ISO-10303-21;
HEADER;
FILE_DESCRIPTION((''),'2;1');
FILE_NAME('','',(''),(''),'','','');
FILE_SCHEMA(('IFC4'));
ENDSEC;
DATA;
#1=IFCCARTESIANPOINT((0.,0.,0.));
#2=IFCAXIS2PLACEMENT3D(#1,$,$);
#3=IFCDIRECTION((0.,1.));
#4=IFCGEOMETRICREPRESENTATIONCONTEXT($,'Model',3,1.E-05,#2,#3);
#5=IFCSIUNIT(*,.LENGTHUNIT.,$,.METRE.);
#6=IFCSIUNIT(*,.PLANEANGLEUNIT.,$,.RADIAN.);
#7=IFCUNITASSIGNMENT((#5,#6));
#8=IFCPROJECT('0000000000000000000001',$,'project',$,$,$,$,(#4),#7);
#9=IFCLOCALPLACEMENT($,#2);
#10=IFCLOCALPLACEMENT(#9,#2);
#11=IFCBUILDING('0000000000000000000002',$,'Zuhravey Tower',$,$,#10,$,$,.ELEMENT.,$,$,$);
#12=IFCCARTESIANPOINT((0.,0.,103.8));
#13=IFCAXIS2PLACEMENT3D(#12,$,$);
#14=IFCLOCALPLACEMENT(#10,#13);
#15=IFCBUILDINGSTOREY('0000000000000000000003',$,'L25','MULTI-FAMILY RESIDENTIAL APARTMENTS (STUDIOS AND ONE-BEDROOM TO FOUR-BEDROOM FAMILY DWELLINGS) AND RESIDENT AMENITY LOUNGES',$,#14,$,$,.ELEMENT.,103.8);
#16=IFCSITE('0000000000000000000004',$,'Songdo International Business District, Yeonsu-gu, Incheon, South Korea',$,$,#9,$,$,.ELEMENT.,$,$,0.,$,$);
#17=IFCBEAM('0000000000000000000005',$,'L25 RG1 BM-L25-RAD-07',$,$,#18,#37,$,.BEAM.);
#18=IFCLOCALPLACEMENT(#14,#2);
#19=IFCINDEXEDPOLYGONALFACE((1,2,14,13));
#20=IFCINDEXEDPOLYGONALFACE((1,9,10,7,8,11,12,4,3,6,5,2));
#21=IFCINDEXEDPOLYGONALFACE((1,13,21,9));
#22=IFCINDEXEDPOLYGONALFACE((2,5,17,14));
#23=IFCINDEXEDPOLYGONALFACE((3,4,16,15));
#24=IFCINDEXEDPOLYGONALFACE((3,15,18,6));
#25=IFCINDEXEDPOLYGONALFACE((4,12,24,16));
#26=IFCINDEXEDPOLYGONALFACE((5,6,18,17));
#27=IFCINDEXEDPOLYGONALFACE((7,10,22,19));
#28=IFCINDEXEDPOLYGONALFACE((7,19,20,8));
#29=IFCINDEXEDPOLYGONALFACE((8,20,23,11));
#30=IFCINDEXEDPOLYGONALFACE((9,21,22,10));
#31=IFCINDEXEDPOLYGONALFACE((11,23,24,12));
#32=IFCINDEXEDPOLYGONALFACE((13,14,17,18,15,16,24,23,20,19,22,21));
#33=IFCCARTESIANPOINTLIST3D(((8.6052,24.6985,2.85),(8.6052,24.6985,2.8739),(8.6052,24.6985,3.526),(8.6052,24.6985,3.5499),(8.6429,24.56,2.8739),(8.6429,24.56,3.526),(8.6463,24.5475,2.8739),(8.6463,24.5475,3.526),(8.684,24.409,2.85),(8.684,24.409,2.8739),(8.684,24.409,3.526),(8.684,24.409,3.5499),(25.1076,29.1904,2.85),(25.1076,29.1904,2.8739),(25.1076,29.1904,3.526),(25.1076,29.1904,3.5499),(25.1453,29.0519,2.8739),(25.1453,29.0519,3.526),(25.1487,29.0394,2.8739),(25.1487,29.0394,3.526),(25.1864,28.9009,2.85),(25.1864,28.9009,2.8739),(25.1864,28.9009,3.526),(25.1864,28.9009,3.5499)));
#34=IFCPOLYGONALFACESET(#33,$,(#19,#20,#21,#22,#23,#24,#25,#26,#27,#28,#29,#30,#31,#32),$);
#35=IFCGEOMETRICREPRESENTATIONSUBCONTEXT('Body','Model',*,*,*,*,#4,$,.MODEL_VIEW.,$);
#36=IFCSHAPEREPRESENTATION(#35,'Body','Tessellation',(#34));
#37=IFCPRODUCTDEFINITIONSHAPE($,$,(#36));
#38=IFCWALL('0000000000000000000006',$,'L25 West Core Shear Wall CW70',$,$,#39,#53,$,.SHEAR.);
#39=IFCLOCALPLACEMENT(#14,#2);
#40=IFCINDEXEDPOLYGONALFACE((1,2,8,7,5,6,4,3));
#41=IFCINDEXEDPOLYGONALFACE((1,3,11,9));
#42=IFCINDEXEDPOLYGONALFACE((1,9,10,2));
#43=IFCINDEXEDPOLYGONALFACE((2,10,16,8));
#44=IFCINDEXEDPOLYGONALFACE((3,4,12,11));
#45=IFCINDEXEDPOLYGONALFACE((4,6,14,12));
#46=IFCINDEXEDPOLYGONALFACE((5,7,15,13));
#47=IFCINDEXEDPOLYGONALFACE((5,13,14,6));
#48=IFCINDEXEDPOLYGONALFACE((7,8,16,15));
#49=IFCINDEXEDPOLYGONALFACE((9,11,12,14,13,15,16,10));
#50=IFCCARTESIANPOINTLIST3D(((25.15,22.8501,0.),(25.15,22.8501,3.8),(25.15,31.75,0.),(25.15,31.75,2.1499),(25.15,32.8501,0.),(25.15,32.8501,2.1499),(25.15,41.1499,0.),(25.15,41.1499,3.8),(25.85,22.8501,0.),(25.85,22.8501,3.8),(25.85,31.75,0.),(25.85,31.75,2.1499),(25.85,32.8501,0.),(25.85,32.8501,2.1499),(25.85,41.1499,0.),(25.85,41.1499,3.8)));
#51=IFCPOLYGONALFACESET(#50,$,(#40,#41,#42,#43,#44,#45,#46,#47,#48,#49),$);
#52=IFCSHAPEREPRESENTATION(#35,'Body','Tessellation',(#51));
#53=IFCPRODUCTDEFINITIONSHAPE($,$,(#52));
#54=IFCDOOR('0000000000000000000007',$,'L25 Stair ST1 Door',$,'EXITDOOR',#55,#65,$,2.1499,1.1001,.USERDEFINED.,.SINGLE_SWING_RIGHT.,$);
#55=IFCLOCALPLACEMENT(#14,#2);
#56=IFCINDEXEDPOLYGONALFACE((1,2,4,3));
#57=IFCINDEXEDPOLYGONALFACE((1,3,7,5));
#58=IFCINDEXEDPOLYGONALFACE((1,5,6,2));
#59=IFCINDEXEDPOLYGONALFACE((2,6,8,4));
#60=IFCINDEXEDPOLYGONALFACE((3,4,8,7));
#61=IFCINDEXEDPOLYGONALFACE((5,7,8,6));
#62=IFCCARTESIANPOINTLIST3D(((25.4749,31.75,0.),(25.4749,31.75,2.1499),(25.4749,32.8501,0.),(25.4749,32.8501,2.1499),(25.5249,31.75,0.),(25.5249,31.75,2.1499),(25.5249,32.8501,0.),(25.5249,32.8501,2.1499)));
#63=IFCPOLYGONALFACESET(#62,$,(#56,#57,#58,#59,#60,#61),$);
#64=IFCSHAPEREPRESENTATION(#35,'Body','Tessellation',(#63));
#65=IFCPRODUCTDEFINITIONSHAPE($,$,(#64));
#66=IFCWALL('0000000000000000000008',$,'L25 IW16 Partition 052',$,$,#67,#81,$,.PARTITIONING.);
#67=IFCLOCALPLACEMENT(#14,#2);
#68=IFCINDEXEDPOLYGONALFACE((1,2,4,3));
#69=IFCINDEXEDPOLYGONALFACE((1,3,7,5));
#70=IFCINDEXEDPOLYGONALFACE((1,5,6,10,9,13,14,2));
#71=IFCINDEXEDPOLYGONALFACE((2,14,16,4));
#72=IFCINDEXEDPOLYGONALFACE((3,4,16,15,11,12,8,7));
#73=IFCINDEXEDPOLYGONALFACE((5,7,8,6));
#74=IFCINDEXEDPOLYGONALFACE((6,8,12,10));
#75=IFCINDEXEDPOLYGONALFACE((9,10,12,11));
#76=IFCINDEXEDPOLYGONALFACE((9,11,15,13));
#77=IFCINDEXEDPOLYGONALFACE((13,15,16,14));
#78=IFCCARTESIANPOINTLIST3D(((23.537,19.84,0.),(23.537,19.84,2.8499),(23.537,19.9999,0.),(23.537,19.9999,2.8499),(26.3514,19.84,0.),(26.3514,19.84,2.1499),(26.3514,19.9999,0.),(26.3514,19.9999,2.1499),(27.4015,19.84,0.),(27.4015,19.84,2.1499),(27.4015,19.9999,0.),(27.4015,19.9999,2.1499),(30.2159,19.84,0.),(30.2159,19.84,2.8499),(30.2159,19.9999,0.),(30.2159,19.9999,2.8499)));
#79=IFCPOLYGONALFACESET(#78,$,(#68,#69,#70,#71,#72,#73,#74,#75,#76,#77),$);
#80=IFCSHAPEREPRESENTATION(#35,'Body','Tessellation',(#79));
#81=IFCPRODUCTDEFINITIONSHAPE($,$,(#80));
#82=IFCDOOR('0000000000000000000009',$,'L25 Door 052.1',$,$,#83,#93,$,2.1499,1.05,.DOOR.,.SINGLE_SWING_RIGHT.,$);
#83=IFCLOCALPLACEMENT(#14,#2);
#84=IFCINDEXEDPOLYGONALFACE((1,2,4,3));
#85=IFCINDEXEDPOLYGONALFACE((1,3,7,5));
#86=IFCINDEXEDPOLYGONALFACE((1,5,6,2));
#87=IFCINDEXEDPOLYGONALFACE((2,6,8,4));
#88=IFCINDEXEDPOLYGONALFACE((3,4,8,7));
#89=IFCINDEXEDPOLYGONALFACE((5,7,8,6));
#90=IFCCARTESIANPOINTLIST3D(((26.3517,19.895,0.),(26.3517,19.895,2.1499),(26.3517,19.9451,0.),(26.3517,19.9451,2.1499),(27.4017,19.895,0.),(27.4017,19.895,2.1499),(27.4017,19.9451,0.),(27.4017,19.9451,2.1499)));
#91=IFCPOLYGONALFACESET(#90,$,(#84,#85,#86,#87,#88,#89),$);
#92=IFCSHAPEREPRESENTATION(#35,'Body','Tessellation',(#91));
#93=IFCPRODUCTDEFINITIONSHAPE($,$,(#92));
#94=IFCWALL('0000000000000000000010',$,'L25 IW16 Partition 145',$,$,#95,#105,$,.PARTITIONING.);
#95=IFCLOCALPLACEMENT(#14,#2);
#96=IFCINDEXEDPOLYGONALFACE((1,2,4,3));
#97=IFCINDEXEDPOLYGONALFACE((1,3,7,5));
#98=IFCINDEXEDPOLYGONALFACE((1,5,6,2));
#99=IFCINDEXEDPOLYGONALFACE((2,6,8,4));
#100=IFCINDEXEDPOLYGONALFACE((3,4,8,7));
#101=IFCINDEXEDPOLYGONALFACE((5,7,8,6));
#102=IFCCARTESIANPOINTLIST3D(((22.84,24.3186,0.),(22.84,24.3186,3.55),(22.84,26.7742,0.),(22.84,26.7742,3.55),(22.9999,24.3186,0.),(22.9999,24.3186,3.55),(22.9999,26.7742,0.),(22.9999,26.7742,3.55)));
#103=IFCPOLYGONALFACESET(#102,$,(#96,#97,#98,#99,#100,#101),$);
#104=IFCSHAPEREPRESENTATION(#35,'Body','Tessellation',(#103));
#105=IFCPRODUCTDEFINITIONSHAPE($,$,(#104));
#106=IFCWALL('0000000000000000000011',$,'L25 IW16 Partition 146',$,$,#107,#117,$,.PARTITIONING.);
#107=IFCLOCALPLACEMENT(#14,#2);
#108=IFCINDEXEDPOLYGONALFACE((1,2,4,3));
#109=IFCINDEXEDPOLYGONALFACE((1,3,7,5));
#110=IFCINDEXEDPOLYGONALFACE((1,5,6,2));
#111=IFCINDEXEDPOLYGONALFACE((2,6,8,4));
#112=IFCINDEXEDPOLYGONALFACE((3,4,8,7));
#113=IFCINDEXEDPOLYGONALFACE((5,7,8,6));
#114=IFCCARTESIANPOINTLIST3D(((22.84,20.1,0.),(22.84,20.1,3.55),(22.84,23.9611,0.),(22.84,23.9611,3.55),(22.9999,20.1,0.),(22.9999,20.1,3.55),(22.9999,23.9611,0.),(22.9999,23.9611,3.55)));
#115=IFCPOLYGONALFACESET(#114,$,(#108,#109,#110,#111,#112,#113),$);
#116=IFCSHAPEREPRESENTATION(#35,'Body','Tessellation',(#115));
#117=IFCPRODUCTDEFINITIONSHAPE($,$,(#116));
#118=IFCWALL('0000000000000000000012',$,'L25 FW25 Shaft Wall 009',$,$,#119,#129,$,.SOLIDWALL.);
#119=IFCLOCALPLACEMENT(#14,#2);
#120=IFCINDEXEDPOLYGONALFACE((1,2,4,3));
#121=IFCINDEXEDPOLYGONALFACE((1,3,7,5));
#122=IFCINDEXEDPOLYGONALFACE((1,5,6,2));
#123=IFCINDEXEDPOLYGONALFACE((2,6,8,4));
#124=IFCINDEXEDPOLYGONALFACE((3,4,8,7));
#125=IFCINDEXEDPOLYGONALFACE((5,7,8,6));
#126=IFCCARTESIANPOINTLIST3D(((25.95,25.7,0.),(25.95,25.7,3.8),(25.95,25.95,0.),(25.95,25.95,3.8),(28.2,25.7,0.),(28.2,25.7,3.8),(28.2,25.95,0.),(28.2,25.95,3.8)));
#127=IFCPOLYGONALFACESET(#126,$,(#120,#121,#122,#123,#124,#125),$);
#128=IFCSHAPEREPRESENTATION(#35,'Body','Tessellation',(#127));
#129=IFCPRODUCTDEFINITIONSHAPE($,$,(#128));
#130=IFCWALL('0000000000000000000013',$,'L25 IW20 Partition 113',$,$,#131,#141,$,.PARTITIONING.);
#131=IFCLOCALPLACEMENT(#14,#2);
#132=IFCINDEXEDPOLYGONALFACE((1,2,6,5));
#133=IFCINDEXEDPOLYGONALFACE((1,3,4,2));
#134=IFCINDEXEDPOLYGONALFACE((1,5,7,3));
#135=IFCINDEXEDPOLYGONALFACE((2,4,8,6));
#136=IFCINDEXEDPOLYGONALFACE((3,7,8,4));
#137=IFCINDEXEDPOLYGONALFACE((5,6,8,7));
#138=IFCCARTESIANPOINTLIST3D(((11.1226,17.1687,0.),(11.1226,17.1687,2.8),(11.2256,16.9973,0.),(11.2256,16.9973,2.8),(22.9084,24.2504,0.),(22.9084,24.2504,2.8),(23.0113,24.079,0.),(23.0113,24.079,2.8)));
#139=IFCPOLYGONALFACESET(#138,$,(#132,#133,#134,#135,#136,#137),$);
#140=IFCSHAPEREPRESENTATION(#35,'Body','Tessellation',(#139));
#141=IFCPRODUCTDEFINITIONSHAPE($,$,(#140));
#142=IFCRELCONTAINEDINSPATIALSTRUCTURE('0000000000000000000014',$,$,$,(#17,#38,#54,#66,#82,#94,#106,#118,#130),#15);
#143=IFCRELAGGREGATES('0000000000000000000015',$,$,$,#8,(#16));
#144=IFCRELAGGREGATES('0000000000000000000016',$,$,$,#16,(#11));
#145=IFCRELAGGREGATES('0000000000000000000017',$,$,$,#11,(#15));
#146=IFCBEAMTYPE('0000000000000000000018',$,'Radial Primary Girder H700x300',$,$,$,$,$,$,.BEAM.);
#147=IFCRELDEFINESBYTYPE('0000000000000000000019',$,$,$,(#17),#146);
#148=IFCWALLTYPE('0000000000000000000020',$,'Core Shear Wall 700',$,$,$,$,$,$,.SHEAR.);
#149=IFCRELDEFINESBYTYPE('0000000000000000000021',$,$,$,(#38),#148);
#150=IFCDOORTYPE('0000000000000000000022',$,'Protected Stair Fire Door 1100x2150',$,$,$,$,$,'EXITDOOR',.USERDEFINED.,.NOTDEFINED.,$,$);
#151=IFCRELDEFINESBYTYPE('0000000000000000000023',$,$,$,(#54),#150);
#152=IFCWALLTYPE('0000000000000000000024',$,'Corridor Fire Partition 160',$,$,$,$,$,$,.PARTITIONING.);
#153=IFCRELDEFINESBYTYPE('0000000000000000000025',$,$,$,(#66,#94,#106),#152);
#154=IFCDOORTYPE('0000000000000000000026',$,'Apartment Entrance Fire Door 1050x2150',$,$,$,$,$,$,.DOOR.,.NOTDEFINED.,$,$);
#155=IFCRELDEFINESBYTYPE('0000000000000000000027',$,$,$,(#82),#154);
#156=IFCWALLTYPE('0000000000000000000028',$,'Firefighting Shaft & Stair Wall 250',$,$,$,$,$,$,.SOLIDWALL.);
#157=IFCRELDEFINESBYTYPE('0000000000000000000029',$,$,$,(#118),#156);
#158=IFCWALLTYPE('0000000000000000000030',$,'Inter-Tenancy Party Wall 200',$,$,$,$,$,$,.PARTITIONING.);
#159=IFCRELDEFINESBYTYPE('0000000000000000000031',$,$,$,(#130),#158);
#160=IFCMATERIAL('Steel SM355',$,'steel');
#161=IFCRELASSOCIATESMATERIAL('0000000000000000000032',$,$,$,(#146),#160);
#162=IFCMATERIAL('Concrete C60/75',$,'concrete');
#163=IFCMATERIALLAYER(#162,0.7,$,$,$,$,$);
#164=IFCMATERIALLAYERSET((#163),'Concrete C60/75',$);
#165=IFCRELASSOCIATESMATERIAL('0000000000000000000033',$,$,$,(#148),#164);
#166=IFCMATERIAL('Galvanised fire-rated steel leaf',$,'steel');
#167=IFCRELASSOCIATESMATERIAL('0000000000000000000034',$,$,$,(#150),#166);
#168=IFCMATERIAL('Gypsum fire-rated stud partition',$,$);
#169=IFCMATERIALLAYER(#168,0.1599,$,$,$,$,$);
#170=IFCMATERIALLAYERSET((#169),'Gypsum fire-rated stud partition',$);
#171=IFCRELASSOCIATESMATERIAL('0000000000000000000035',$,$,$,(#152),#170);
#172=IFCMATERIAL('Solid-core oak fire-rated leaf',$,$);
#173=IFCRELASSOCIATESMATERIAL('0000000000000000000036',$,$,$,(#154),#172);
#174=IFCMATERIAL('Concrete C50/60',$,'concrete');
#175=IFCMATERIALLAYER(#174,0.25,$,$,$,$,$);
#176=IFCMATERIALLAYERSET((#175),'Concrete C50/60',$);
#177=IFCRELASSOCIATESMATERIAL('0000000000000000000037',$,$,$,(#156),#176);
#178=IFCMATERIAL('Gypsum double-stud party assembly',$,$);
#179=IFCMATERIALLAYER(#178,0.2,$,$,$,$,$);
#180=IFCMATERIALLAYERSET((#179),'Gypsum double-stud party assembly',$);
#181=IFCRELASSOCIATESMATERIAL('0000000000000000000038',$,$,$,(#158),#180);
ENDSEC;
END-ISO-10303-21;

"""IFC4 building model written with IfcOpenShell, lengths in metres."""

from ifc_helpers import new_model, si_unit, direction, frame, frame_2d, origin, origin_2d, place, context, subcontext, project, spatial, rectangle, i_section, extrude, material, layer, layer_set, material_profile, profile_set, type_object, element, fill, save


model = new_model("IFC4")

# Units and contexts
model_context = context("Model", 3, precision=1e-05, world=origin(), true_north=direction((0.0, 1.0)))
body_context = subcontext(model_context, "Body", "Model", "MODEL_VIEW")
ifc_project = project(units=[si_unit("LENGTHUNIT", "METRE"), si_unit("PLANEANGLEUNIT", "RADIAN")], contexts=[model_context])

# Site, building, storey
site_placement = place(None, origin())
site = spatial("IfcSite", under=ifc_project, at=site_placement, Name="Songdo International Business District, Yeonsu-gu, Incheon, South Korea", CompositionType="ELEMENT", RefElevation=0.0)
building_placement = place(site_placement, origin())
building = spatial("IfcBuilding", under=site, at=building_placement, Name="Zuhravey Tower", CompositionType="ELEMENT")
storey_placement = place(building_placement, frame((0.0, 0.0, 103.8)))
storey = spatial("IfcBuildingStorey", under=building, at=storey_placement, Name="L25", Description="MULTI-FAMILY RESIDENTIAL APARTMENTS (STUDIOS AND ONE-BEDROOM TO FOUR-BEDROOM FAMILY DWELLINGS) AND RESIDENT AMENITY LOUNGES", CompositionType="ELEMENT", Elevation=103.8)

# Beam
ifc_material_1 = material(Name="Steel SM355", Category="steel")
ifc_material_profile = material_profile(ifc_material_1, i_section(OverallWidth=0.3, OverallDepth=0.7, WebThickness=0.0129, FlangeThickness=0.0239, at=origin_2d()), Name="H-700x300x13x24")
ifc_profile_set = profile_set([ifc_material_profile], Name="Steel SM355")
beam_type = type_object("IfcBeamType", Name="Radial Primary Girder H700x300", PredefinedType="BEAM", material=ifc_profile_set)
beam_placement = place(storey_placement, frame((25.147, 29.0457, 3.2), z_axis=(-0.964893, -0.262643, 0.0), x_axis=(0.262643, -0.964893, 0.0)))
element("IfcBeam", 1, at=beam_placement, inside=storey, type_object=beam_type, Name="L25 RG1 BM-L25-RAD-07", PredefinedType="BEAM", context=body_context, shape_type="SweptSolid", body=[
    extrude(i_section(OverallWidth=0.3, OverallDepth=0.7, WebThickness=0.0129, FlangeThickness=0.0239, at=origin_2d()), origin(), (0.0, 0.0, 1.0), 17.1028),
])

# Walls, openings, doors
ifc_material_2 = material(Name="Concrete C60/75", Category="concrete")
ifc_layer_1 = layer(ifc_material_2, 0.7)
ifc_layer_set_1 = layer_set([ifc_layer_1], Name="Concrete C60/75")
wall_type_1 = type_object("IfcWallType", Name="Core Shear Wall 700", PredefinedType="SHEAR", material=ifc_layer_set_1)
ifc_material_3 = material(Name="Galvanised fire-rated steel leaf", Category="steel")
wall_1_placement = place(storey_placement, frame((25.5, 22.8501, 0.0), z_axis=(0.0, 0.0, 1.0), x_axis=(0.0, 1.0, 0.0)))
wall_1 = element("IfcWall", 2, at=wall_1_placement, inside=storey, type_object=wall_type_1, Name="L25 West Core Shear Wall CW70", PredefinedType="SHEAR", context=body_context, shape_type="SweptSolid", body=[
    extrude(rectangle(XDim=18.2998, YDim=0.7, at=frame_2d((9.1499, 0.0))), origin(), (0.0, 0.0, 1.0), 3.8),
])
opening_1_placement = place(wall_1_placement, frame((8.8999, 0.0, 0.0)))
opening_1 = element("IfcOpeningElement", 3, at=opening_1_placement, cuts=wall_1, PredefinedType="OPENING", context=body_context, shape_type="SweptSolid", body=[
    extrude(rectangle(XDim=1.1001, YDim=2.1499, at=frame_2d((0.55, 1.075))), frame((0.0, 0.3621, 0.0), z_axis=(0.0, -1.0, 0.0), x_axis=(1.0, 0.0, 0.0)), (0.0, 0.0, 1.0), 0.7239),
])
door_type_1 = type_object("IfcDoorType", Name="Protected Stair Fire Door 1100x2150", ElementType="EXITDOOR", OperationType="NOTDEFINED", PredefinedType="USERDEFINED", material=ifc_material_3)
door_1_placement = place(opening_1_placement, frame((1.1001, 0.0, 0.0), z_axis=(0.0, 0.0, 1.0), x_axis=(-1.0, 0.0, 0.0)))
door_1 = element("IfcDoor", 4, at=door_1_placement, inside=storey, type_object=door_type_1, Name="L25 Stair ST1 Door", ObjectType="EXITDOOR", OperationType="SINGLE_SWING_RIGHT", OverallHeight=2.1499, OverallWidth=1.1001, PredefinedType="USERDEFINED", context=body_context, shape_type="SweptSolid", body=[
    extrude(rectangle(XDim=1.1001, YDim=2.1499, at=frame_2d((0.55, 1.075))), frame((0.0, 0.0249, 0.0), z_axis=(0.0, -1.0, 0.0), x_axis=(1.0, 0.0, 0.0)), (0.0, 0.0, 1.0), 0.05),
])
fill(opening_1, door_1)
ifc_material_4 = material(Name="Gypsum fire-rated stud partition")
ifc_layer_2 = layer(ifc_material_4, 0.1599)
ifc_layer_set_2 = layer_set([ifc_layer_2], Name="Gypsum fire-rated stud partition")
wall_type_2 = type_object("IfcWallType", Name="Corridor Fire Partition 160", PredefinedType="PARTITIONING", material=ifc_layer_set_2)
wall_2_placement = place(storey_placement, frame((23.5371, 19.9199, 0.0), z_axis=(0.0, 0.0, 1.0), x_axis=(1.0, 0.0, 0.0)))
wall_2 = element("IfcWall", 5, at=wall_2_placement, inside=storey, type_object=wall_type_2, Name="L25 IW16 Partition 052", PredefinedType="PARTITIONING", context=body_context, shape_type="SweptSolid", body=[
    extrude(rectangle(XDim=6.679, YDim=0.1599, at=frame_2d((3.3394, 0.0))), origin(), (0.0, 0.0, 1.0), 2.8499),
])
opening_2_placement = place(wall_2_placement, frame((2.8145, 0.0, 0.0)))
opening_2 = element("IfcOpeningElement", 6, at=opening_2_placement, cuts=wall_2, PredefinedType="OPENING", context=body_context, shape_type="SweptSolid", body=[
    extrude(rectangle(XDim=1.05, YDim=2.1499, at=frame_2d((0.5249, 1.075))), frame((0.0, 0.092, 0.0), z_axis=(0.0, -1.0, 0.0), x_axis=(1.0, 0.0, 0.0)), (0.0, 0.0, 1.0), 0.1838),
])
ifc_material_5 = material(Name="Solid-core oak fire-rated leaf")
door_type_2 = type_object("IfcDoorType", Name="Apartment Entrance Fire Door 1050x2150", OperationType="NOTDEFINED", PredefinedType="DOOR", material=ifc_material_5)
door_2_placement = place(opening_2_placement, frame((1.05, 0.0, 0.0), z_axis=(0.0, 0.0, 1.0), x_axis=(-1.0, 0.0, 0.0)))
door_2 = element("IfcDoor", 7, at=door_2_placement, inside=storey, type_object=door_type_2, Name="L25 Door 052.1", OperationType="SINGLE_SWING_RIGHT", OverallHeight=2.1499, OverallWidth=1.05, PredefinedType="DOOR", context=body_context, shape_type="SweptSolid", body=[
    extrude(rectangle(XDim=1.05, YDim=2.1499, at=frame_2d((0.5249, 1.075))), frame((0.0, 0.0249, 0.0), z_axis=(0.0, -1.0, 0.0), x_axis=(1.0, 0.0, 0.0)), (0.0, 0.0, 1.0), 0.05),
])
fill(opening_2, door_2)

# Walls
wall_3_placement = place(storey_placement, frame((22.9199, 26.7742, 0.0), z_axis=(0.0, 0.0, 1.0), x_axis=(0.0, -1.0, 0.0)))
element("IfcWall", 8, at=wall_3_placement, inside=storey, type_object=wall_type_2, Name="L25 IW16 Partition 145", PredefinedType="PARTITIONING", context=body_context, shape_type="SweptSolid", body=[
    extrude(rectangle(XDim=2.4556, YDim=0.1599, at=frame_2d((1.2278, 0.0))), origin(), (0.0, 0.0, 1.0), 3.55),
])
wall_4_placement = place(storey_placement, frame((22.9199, 23.9612, 0.0), z_axis=(0.0, 0.0, 1.0), x_axis=(0.0, -1.0, 0.0)))
element("IfcWall", 9, at=wall_4_placement, inside=storey, type_object=wall_type_2, Name="L25 IW16 Partition 146", PredefinedType="PARTITIONING", context=body_context, shape_type="SweptSolid", body=[
    extrude(rectangle(XDim=3.8611, YDim=0.1599, at=frame_2d((1.9307, 0.0))), origin(), (0.0, 0.0, 1.0), 3.55),
])
ifc_material_6 = material(Name="Concrete C50/60", Category="concrete")
ifc_layer_3 = layer(ifc_material_6, 0.25)
ifc_layer_set_3 = layer_set([ifc_layer_3], Name="Concrete C50/60")
wall_type_3 = type_object("IfcWallType", Name="Firefighting Shaft & Stair Wall 250", PredefinedType="SOLIDWALL", material=ifc_layer_set_3)
wall_5_placement = place(storey_placement, frame((25.95, 25.825, 0.0), z_axis=(0.0, 0.0, 1.0), x_axis=(1.0, 0.0, 0.0)))
element("IfcWall", 10, at=wall_5_placement, inside=storey, type_object=wall_type_3, Name="L25 FW25 Shaft Wall 009", PredefinedType="SOLIDWALL", context=body_context, shape_type="SweptSolid", body=[
    extrude(rectangle(XDim=2.25, YDim=0.25, at=frame_2d((1.125, 0.0))), origin(), (0.0, 0.0, 1.0), 3.8),
])
ifc_material_7 = material(Name="Gypsum double-stud party assembly")
ifc_layer_4 = layer(ifc_material_7, 0.2)
ifc_layer_set_4 = layer_set([ifc_layer_4], Name="Gypsum double-stud party assembly")
wall_type_4 = type_object("IfcWallType", Name="Inter-Tenancy Party Wall 200", PredefinedType="PARTITIONING", material=ifc_layer_set_4)
wall_6_placement = place(storey_placement, frame((22.96, 24.1648, 0.0), z_axis=(0.0, 0.0, 1.0), x_axis=(-0.857164, -0.515044, 0.0)))
element("IfcWall", 11, at=wall_6_placement, inside=storey, type_object=wall_type_4, Name="L25 IW20 Partition 113", PredefinedType="PARTITIONING", context=body_context, shape_type="SweptSolid", body=[
    extrude(rectangle(XDim=13.7498, YDim=0.2, at=frame_2d((6.875, 0.0))), origin(), (0.0, 0.0, 1.0), 2.8),
])

save(model, "model.ifc")
